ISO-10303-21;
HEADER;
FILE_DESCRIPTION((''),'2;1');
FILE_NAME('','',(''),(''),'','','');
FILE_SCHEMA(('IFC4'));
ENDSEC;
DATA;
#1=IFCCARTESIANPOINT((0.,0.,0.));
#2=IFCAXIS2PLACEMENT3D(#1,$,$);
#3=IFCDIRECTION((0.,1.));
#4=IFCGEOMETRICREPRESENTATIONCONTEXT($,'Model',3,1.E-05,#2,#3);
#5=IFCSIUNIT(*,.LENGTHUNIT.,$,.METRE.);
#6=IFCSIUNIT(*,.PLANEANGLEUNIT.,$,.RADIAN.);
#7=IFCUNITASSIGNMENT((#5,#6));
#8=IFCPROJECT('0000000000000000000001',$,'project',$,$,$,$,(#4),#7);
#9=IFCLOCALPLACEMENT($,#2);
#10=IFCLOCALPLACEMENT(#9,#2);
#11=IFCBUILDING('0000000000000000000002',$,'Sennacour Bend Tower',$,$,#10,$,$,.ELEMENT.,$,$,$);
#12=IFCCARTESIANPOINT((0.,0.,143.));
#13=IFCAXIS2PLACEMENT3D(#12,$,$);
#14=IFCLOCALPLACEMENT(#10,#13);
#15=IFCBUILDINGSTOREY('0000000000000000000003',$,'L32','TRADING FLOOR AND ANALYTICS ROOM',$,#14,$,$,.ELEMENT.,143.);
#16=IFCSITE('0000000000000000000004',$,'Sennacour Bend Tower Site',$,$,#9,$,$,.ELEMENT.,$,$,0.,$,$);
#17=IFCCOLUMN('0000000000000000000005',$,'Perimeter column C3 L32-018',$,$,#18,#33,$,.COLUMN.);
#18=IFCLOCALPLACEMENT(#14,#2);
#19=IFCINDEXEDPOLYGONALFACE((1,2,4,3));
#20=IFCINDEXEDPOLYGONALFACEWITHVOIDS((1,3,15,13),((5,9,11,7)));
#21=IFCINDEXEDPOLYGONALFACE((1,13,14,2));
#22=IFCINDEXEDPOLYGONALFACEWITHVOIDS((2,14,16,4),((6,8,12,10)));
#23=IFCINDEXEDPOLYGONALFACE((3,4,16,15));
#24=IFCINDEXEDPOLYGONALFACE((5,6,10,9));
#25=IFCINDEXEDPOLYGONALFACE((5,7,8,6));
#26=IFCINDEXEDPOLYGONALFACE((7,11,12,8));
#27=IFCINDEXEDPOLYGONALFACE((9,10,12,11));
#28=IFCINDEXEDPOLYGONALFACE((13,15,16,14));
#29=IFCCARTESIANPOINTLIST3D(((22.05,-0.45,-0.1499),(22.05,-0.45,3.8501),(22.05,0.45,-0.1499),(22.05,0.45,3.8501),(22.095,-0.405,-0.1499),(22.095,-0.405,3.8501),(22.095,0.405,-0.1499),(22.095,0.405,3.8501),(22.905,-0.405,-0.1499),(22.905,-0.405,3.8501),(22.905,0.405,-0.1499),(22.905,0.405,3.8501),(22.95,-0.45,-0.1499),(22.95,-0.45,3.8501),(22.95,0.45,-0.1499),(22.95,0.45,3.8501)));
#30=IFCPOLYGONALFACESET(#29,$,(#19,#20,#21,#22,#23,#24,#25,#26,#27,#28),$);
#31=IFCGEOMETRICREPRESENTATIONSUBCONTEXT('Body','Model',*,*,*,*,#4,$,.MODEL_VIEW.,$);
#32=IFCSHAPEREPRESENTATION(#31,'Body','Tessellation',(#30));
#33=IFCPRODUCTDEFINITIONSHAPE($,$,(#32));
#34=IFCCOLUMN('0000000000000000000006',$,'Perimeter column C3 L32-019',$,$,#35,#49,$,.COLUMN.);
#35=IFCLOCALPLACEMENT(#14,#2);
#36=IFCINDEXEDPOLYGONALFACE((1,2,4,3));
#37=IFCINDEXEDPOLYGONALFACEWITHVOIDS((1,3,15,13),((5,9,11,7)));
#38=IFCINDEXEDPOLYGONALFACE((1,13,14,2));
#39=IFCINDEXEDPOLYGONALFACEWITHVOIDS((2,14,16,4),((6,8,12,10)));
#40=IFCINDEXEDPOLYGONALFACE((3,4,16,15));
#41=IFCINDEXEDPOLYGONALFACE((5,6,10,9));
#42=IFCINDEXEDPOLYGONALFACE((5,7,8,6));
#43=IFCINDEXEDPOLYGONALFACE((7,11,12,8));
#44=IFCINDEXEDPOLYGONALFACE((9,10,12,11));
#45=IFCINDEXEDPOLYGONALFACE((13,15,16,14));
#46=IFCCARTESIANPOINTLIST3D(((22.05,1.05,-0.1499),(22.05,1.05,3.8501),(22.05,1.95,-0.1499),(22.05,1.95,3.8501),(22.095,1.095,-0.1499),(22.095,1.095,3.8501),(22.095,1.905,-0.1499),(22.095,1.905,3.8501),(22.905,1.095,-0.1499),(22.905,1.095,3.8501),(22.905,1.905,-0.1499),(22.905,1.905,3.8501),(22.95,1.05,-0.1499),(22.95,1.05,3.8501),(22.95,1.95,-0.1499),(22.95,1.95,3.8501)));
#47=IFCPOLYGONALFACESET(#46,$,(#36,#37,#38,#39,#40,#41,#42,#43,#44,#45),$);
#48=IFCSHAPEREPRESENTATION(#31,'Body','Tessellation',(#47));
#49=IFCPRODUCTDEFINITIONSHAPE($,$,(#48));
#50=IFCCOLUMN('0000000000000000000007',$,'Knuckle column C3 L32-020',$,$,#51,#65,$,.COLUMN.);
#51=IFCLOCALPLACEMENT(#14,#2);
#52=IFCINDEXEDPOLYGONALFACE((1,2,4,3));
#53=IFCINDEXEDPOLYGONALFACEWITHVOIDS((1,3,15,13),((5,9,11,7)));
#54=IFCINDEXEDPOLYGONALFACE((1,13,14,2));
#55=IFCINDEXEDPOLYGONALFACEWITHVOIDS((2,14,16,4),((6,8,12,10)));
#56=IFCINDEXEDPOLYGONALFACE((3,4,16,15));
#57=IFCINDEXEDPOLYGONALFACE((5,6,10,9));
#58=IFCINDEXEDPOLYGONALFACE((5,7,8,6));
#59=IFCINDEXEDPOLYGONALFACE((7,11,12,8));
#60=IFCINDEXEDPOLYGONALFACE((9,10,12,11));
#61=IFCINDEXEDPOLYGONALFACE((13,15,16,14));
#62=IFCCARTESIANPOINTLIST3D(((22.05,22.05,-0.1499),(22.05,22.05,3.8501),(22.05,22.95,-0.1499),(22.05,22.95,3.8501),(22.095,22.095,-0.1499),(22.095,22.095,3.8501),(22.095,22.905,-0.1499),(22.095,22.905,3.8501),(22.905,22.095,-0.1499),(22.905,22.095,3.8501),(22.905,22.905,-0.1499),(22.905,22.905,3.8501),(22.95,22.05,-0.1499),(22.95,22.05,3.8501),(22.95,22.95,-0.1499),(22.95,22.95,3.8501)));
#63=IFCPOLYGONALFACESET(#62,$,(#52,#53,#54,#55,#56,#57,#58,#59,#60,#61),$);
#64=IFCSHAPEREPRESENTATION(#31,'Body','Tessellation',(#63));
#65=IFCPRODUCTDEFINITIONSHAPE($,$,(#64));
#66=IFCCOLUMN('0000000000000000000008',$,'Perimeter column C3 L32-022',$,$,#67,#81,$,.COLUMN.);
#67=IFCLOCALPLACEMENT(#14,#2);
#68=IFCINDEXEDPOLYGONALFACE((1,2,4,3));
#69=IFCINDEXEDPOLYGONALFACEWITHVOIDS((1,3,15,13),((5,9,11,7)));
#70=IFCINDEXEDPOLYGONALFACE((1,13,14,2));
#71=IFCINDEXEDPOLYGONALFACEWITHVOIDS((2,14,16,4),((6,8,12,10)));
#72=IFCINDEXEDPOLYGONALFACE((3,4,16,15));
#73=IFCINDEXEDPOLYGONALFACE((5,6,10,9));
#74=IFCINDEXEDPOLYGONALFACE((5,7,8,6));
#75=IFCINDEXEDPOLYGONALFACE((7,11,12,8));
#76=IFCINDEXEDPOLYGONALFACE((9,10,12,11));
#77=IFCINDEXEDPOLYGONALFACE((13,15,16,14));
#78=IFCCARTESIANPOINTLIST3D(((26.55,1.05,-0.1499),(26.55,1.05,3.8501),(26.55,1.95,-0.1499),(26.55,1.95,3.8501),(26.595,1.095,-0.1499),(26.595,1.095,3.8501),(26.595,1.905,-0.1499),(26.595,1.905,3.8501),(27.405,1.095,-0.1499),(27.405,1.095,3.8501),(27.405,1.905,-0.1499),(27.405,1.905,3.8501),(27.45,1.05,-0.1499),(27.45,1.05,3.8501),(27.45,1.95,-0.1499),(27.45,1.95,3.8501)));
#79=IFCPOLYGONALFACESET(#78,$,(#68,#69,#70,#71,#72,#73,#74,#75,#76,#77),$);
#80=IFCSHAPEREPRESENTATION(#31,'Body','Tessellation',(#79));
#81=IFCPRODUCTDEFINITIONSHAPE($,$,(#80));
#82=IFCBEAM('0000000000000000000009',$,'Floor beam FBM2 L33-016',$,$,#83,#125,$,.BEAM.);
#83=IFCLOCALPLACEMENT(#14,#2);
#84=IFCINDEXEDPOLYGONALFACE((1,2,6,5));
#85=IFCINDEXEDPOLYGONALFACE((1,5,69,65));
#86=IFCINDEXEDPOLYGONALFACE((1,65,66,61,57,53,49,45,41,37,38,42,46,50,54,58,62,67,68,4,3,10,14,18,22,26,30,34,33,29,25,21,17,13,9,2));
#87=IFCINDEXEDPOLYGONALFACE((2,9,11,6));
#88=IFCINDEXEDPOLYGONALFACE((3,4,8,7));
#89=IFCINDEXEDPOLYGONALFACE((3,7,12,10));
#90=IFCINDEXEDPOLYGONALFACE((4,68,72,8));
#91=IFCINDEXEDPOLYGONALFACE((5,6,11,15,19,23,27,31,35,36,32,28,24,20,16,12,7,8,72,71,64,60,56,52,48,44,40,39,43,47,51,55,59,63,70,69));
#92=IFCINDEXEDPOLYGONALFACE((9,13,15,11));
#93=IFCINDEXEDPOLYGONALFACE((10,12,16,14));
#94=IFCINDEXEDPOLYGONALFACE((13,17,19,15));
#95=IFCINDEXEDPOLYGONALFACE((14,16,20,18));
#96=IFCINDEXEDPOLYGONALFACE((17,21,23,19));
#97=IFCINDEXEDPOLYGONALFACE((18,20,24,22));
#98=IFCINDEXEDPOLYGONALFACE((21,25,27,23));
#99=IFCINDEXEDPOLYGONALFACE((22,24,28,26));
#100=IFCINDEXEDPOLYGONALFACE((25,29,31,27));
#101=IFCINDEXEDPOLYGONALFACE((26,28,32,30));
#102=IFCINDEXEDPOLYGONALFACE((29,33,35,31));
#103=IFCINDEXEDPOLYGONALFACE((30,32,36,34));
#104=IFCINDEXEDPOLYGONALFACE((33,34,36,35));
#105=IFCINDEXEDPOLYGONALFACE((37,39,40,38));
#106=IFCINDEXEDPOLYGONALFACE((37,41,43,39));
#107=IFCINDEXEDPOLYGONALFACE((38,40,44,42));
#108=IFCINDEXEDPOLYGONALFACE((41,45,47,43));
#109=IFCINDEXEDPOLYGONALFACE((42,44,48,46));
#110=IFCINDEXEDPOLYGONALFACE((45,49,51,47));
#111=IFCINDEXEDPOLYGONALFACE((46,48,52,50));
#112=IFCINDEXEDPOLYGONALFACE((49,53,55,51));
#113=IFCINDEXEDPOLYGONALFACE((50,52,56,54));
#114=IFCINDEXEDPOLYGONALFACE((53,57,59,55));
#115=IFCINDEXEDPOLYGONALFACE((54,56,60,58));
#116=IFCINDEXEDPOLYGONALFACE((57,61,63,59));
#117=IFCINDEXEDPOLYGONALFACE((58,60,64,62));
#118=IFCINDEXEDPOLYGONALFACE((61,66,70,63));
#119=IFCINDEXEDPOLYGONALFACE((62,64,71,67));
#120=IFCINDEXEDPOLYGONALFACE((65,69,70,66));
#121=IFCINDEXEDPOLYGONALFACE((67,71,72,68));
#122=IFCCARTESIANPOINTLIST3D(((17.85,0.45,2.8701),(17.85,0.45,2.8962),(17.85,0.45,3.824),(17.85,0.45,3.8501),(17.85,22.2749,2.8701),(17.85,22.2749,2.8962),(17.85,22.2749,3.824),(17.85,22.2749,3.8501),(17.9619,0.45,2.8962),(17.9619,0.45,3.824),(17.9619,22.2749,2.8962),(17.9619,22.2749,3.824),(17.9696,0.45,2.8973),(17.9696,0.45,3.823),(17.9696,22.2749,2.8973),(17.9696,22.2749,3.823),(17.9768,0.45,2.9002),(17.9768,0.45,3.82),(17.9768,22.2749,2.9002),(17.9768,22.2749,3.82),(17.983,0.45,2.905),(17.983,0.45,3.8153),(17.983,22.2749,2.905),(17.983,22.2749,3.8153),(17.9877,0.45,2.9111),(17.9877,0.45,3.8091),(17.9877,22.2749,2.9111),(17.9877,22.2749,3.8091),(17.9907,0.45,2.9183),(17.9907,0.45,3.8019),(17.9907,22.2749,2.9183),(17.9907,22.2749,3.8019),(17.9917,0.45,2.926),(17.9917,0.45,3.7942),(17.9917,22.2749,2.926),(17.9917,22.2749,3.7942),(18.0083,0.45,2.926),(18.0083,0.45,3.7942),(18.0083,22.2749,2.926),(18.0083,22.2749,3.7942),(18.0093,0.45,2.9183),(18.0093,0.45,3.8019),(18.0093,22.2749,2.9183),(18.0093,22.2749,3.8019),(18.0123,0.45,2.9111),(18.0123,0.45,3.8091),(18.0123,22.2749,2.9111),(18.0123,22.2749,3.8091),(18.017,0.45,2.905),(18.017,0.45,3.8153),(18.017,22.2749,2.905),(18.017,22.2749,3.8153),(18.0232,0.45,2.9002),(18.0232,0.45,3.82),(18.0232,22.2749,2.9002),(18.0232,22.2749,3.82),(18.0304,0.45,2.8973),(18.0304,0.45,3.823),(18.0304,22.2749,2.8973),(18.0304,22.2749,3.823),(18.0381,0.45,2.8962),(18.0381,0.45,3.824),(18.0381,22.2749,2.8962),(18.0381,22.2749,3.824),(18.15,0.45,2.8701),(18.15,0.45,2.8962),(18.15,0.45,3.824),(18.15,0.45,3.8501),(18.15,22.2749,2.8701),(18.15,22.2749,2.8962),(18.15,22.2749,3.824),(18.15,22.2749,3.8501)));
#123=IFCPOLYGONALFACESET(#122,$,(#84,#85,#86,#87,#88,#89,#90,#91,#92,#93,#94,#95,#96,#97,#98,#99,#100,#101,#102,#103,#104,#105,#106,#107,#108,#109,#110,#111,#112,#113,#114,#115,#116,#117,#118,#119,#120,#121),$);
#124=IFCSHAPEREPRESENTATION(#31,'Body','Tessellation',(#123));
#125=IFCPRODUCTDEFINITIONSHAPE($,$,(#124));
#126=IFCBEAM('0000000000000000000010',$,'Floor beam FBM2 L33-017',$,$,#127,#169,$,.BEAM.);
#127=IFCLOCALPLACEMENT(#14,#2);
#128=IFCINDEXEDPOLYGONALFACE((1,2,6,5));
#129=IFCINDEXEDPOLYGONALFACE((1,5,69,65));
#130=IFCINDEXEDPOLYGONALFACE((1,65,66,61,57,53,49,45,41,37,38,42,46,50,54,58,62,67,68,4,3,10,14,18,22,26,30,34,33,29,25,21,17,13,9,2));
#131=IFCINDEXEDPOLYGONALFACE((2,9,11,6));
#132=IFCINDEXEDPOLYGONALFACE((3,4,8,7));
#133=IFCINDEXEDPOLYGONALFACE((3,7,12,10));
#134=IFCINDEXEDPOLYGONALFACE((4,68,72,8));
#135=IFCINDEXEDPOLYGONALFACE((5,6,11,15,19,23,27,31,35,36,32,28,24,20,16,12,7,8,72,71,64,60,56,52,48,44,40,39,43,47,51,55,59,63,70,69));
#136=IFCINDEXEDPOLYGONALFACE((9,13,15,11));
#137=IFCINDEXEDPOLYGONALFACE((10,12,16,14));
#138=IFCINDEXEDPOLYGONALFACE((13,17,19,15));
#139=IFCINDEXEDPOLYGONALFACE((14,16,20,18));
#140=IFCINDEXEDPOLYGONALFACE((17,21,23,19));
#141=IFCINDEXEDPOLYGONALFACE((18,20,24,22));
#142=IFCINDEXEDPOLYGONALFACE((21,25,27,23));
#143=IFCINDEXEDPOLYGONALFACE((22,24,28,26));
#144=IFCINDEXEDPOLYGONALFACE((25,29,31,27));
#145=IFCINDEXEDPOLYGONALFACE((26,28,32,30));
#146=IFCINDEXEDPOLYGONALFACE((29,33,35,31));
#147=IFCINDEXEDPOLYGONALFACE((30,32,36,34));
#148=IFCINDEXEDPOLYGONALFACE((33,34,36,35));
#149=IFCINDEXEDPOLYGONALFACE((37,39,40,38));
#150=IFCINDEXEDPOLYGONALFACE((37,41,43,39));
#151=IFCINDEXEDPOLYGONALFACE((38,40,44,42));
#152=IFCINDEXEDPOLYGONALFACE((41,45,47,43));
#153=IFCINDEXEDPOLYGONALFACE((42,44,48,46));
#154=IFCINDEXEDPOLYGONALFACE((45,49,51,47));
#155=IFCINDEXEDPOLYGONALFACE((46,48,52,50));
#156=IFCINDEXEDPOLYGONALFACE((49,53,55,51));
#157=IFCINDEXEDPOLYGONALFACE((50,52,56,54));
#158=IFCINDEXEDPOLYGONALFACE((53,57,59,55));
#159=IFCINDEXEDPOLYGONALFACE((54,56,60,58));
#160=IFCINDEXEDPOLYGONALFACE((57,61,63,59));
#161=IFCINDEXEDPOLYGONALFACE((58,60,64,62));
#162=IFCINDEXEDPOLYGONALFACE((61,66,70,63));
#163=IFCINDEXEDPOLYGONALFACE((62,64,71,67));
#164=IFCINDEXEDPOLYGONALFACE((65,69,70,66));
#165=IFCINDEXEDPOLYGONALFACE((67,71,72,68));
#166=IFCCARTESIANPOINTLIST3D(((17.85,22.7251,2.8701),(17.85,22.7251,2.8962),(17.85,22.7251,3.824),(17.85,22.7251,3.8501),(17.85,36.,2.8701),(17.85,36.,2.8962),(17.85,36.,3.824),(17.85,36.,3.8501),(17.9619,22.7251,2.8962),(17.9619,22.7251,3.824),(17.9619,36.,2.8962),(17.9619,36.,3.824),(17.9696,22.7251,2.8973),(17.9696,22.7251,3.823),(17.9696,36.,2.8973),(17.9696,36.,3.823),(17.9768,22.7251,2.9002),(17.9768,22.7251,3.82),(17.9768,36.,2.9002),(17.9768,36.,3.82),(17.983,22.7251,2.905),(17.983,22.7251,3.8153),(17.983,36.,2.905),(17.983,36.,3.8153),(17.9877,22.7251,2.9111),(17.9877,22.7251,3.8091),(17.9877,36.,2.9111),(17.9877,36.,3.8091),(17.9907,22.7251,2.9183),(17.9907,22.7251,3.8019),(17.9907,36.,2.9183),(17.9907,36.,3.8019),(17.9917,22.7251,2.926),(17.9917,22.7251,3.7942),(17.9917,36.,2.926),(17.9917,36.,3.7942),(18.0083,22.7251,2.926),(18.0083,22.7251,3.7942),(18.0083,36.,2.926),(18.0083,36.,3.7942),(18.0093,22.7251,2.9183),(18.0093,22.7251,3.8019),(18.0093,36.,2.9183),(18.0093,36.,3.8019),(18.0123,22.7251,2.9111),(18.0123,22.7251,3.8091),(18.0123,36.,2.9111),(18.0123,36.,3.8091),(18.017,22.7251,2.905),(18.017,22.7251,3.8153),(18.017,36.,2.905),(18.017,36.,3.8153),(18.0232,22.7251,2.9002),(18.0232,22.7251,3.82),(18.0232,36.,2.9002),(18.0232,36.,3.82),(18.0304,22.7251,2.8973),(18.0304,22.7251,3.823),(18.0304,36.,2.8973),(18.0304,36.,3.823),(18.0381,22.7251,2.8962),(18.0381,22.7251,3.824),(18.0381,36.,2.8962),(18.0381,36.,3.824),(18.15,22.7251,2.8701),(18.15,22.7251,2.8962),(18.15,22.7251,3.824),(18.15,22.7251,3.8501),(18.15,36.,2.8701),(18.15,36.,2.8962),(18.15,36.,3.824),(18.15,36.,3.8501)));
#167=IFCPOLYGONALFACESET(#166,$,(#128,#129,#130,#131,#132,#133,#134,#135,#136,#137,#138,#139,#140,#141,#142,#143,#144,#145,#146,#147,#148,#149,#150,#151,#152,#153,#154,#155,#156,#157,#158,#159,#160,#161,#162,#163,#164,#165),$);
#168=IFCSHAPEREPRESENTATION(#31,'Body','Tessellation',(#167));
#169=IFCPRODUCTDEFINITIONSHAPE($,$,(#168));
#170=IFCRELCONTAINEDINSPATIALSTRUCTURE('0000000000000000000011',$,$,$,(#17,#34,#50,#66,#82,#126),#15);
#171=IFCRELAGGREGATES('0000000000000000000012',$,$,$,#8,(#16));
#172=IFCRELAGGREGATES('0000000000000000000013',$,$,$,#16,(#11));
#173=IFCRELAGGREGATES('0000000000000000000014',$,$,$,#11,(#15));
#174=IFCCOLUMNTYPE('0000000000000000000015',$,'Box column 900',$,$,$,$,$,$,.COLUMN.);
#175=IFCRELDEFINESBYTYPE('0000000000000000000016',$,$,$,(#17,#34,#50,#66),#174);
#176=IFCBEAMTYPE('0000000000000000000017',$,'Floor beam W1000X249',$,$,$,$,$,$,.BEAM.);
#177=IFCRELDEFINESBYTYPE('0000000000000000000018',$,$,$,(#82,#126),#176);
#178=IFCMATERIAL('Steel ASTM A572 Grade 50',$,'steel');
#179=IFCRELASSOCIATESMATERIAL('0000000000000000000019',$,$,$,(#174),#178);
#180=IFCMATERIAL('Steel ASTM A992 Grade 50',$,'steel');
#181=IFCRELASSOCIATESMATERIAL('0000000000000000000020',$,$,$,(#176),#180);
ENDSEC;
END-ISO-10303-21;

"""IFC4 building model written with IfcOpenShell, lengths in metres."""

from ifc_helpers import new_model, si_unit, direction, frame, origin, origin_2d, place, context, subcontext, project, spatial, hollow_rectangle, i_section, extrude, material, material_profile, profile_set, type_object, element, save


model = new_model("IFC4")

# Units and contexts
model_context = context("Model", 3, precision=1e-05, world=origin(), true_north=direction((0.0, 1.0)))
body_context = subcontext(model_context, "Body", "Model", "MODEL_VIEW")
ifc_project = project(units=[si_unit("LENGTHUNIT", "METRE"), si_unit("PLANEANGLEUNIT", "RADIAN")], contexts=[model_context])

# Site, building, storey
site_placement = place(None, origin())
site = spatial("IfcSite", under=ifc_project, at=site_placement, Name="Sennacour Bend Tower Site", CompositionType="ELEMENT", RefElevation=0.0)
building_placement = place(site_placement, origin())
building = spatial("IfcBuilding", under=site, at=building_placement, Name="Sennacour Bend Tower", CompositionType="ELEMENT")
storey_placement = place(building_placement, frame((0.0, 0.0, 143.0)))
storey = spatial("IfcBuildingStorey", under=building, at=storey_placement, Name="L32", Description="TRADING FLOOR AND ANALYTICS ROOM", CompositionType="ELEMENT", Elevation=143.0)

# Columns
ifc_material_1 = material(Name="Steel ASTM A572 Grade 50", Category="steel")
ifc_material_profile_1 = material_profile(ifc_material_1, hollow_rectangle(XDim=0.8999, YDim=0.8999, WallThickness=0.0449, at=origin_2d()), Name="Steel ASTM A572 Grade 50", Category="steel")
ifc_profile_set_1 = profile_set([ifc_material_profile_1], Name="Steel ASTM A572 Grade 50")
column_type = type_object("IfcColumnType", Name="Box column 900", PredefinedType="COLUMN", material=ifc_profile_set_1)
for number, where, z_axis, x_axis, name in (
    (1, (22.5, 0.0, -0.1499), (0.0, 0.0, 1.0), (1.0, 0.0, 0.0), "Perimeter column C3 L32-018"),
    (2, (22.5, 1.5, -0.1499), (0.0, 0.0, 1.0), (1.0, 0.0, 0.0), "Perimeter column C3 L32-019"),
    (3, (22.5, 22.5, -0.1499), (0.0, 0.0, 1.0), (1.0, 0.0, 0.0), "Knuckle column C3 L32-020"),
    (4, (27.0, 1.5, -0.1499), (0.0, 0.0, 1.0), (1.0, 0.0, 0.0), "Perimeter column C3 L32-022"),
):
    element("IfcColumn", number, at=place(storey_placement, frame(where, z_axis=z_axis, x_axis=x_axis)), inside=storey, type_object=column_type, Name=name, PredefinedType="COLUMN", context=body_context, shape_type="SweptSolid", body=[
        extrude(hollow_rectangle(XDim=0.8999, YDim=0.8999, WallThickness=0.0449, at=origin_2d()), origin(), (0.0, 0.0, 1.0), 4.0),
    ])

# Beams
ifc_material_2 = material(Name="Steel ASTM A992 Grade 50", Category="steel")
ifc_material_profile_2 = material_profile(ifc_material_2, i_section(OverallWidth=0.3, OverallDepth=0.98, WebThickness=0.0166, FlangeThickness=0.0261, FilletRadius=0.0298, at=origin_2d()), Name="Steel ASTM A992 Grade 50", Category="steel")
ifc_profile_set_2 = profile_set([ifc_material_profile_2], Name="Steel ASTM A992 Grade 50")
beam_type_1 = type_object("IfcBeamType", Name="Floor beam W1000X249", PredefinedType="BEAM", material=ifc_profile_set_2)
beam_1_placement = place(storey_placement, frame((18.0, 0.45, 3.3601), z_axis=(0.0, 1.0, 0.0), x_axis=(-1.0, 0.0, 0.0)))
element("IfcBeam", 5, at=beam_1_placement, inside=storey, type_object=beam_type_1, Name="Floor beam FBM2 L33-016", PredefinedType="BEAM", context=body_context, shape_type="SweptSolid", body=[
    extrude(i_section(OverallWidth=0.3, OverallDepth=0.98, WebThickness=0.0166, FlangeThickness=0.0261, FilletRadius=0.0298, at=origin_2d()), origin(), (0.0, 0.0, 1.0), 21.825),
])
beam_2_placement = place(storey_placement, frame((18.0, 22.7251, 3.3601), z_axis=(0.0, 1.0, 0.0), x_axis=(-1.0, 0.0, 0.0)))
element("IfcBeam", 6, at=beam_2_placement, inside=storey, type_object=beam_type_1, Name="Floor beam FBM2 L33-017", PredefinedType="BEAM", context=body_context, shape_type="SweptSolid", body=[
    extrude(i_section(OverallWidth=0.3, OverallDepth=0.98, WebThickness=0.0166, FlangeThickness=0.0261, FilletRadius=0.0298, at=origin_2d()), origin(), (0.0, 0.0, 1.0), 13.2749),
])

save(model, "model.ifc")
